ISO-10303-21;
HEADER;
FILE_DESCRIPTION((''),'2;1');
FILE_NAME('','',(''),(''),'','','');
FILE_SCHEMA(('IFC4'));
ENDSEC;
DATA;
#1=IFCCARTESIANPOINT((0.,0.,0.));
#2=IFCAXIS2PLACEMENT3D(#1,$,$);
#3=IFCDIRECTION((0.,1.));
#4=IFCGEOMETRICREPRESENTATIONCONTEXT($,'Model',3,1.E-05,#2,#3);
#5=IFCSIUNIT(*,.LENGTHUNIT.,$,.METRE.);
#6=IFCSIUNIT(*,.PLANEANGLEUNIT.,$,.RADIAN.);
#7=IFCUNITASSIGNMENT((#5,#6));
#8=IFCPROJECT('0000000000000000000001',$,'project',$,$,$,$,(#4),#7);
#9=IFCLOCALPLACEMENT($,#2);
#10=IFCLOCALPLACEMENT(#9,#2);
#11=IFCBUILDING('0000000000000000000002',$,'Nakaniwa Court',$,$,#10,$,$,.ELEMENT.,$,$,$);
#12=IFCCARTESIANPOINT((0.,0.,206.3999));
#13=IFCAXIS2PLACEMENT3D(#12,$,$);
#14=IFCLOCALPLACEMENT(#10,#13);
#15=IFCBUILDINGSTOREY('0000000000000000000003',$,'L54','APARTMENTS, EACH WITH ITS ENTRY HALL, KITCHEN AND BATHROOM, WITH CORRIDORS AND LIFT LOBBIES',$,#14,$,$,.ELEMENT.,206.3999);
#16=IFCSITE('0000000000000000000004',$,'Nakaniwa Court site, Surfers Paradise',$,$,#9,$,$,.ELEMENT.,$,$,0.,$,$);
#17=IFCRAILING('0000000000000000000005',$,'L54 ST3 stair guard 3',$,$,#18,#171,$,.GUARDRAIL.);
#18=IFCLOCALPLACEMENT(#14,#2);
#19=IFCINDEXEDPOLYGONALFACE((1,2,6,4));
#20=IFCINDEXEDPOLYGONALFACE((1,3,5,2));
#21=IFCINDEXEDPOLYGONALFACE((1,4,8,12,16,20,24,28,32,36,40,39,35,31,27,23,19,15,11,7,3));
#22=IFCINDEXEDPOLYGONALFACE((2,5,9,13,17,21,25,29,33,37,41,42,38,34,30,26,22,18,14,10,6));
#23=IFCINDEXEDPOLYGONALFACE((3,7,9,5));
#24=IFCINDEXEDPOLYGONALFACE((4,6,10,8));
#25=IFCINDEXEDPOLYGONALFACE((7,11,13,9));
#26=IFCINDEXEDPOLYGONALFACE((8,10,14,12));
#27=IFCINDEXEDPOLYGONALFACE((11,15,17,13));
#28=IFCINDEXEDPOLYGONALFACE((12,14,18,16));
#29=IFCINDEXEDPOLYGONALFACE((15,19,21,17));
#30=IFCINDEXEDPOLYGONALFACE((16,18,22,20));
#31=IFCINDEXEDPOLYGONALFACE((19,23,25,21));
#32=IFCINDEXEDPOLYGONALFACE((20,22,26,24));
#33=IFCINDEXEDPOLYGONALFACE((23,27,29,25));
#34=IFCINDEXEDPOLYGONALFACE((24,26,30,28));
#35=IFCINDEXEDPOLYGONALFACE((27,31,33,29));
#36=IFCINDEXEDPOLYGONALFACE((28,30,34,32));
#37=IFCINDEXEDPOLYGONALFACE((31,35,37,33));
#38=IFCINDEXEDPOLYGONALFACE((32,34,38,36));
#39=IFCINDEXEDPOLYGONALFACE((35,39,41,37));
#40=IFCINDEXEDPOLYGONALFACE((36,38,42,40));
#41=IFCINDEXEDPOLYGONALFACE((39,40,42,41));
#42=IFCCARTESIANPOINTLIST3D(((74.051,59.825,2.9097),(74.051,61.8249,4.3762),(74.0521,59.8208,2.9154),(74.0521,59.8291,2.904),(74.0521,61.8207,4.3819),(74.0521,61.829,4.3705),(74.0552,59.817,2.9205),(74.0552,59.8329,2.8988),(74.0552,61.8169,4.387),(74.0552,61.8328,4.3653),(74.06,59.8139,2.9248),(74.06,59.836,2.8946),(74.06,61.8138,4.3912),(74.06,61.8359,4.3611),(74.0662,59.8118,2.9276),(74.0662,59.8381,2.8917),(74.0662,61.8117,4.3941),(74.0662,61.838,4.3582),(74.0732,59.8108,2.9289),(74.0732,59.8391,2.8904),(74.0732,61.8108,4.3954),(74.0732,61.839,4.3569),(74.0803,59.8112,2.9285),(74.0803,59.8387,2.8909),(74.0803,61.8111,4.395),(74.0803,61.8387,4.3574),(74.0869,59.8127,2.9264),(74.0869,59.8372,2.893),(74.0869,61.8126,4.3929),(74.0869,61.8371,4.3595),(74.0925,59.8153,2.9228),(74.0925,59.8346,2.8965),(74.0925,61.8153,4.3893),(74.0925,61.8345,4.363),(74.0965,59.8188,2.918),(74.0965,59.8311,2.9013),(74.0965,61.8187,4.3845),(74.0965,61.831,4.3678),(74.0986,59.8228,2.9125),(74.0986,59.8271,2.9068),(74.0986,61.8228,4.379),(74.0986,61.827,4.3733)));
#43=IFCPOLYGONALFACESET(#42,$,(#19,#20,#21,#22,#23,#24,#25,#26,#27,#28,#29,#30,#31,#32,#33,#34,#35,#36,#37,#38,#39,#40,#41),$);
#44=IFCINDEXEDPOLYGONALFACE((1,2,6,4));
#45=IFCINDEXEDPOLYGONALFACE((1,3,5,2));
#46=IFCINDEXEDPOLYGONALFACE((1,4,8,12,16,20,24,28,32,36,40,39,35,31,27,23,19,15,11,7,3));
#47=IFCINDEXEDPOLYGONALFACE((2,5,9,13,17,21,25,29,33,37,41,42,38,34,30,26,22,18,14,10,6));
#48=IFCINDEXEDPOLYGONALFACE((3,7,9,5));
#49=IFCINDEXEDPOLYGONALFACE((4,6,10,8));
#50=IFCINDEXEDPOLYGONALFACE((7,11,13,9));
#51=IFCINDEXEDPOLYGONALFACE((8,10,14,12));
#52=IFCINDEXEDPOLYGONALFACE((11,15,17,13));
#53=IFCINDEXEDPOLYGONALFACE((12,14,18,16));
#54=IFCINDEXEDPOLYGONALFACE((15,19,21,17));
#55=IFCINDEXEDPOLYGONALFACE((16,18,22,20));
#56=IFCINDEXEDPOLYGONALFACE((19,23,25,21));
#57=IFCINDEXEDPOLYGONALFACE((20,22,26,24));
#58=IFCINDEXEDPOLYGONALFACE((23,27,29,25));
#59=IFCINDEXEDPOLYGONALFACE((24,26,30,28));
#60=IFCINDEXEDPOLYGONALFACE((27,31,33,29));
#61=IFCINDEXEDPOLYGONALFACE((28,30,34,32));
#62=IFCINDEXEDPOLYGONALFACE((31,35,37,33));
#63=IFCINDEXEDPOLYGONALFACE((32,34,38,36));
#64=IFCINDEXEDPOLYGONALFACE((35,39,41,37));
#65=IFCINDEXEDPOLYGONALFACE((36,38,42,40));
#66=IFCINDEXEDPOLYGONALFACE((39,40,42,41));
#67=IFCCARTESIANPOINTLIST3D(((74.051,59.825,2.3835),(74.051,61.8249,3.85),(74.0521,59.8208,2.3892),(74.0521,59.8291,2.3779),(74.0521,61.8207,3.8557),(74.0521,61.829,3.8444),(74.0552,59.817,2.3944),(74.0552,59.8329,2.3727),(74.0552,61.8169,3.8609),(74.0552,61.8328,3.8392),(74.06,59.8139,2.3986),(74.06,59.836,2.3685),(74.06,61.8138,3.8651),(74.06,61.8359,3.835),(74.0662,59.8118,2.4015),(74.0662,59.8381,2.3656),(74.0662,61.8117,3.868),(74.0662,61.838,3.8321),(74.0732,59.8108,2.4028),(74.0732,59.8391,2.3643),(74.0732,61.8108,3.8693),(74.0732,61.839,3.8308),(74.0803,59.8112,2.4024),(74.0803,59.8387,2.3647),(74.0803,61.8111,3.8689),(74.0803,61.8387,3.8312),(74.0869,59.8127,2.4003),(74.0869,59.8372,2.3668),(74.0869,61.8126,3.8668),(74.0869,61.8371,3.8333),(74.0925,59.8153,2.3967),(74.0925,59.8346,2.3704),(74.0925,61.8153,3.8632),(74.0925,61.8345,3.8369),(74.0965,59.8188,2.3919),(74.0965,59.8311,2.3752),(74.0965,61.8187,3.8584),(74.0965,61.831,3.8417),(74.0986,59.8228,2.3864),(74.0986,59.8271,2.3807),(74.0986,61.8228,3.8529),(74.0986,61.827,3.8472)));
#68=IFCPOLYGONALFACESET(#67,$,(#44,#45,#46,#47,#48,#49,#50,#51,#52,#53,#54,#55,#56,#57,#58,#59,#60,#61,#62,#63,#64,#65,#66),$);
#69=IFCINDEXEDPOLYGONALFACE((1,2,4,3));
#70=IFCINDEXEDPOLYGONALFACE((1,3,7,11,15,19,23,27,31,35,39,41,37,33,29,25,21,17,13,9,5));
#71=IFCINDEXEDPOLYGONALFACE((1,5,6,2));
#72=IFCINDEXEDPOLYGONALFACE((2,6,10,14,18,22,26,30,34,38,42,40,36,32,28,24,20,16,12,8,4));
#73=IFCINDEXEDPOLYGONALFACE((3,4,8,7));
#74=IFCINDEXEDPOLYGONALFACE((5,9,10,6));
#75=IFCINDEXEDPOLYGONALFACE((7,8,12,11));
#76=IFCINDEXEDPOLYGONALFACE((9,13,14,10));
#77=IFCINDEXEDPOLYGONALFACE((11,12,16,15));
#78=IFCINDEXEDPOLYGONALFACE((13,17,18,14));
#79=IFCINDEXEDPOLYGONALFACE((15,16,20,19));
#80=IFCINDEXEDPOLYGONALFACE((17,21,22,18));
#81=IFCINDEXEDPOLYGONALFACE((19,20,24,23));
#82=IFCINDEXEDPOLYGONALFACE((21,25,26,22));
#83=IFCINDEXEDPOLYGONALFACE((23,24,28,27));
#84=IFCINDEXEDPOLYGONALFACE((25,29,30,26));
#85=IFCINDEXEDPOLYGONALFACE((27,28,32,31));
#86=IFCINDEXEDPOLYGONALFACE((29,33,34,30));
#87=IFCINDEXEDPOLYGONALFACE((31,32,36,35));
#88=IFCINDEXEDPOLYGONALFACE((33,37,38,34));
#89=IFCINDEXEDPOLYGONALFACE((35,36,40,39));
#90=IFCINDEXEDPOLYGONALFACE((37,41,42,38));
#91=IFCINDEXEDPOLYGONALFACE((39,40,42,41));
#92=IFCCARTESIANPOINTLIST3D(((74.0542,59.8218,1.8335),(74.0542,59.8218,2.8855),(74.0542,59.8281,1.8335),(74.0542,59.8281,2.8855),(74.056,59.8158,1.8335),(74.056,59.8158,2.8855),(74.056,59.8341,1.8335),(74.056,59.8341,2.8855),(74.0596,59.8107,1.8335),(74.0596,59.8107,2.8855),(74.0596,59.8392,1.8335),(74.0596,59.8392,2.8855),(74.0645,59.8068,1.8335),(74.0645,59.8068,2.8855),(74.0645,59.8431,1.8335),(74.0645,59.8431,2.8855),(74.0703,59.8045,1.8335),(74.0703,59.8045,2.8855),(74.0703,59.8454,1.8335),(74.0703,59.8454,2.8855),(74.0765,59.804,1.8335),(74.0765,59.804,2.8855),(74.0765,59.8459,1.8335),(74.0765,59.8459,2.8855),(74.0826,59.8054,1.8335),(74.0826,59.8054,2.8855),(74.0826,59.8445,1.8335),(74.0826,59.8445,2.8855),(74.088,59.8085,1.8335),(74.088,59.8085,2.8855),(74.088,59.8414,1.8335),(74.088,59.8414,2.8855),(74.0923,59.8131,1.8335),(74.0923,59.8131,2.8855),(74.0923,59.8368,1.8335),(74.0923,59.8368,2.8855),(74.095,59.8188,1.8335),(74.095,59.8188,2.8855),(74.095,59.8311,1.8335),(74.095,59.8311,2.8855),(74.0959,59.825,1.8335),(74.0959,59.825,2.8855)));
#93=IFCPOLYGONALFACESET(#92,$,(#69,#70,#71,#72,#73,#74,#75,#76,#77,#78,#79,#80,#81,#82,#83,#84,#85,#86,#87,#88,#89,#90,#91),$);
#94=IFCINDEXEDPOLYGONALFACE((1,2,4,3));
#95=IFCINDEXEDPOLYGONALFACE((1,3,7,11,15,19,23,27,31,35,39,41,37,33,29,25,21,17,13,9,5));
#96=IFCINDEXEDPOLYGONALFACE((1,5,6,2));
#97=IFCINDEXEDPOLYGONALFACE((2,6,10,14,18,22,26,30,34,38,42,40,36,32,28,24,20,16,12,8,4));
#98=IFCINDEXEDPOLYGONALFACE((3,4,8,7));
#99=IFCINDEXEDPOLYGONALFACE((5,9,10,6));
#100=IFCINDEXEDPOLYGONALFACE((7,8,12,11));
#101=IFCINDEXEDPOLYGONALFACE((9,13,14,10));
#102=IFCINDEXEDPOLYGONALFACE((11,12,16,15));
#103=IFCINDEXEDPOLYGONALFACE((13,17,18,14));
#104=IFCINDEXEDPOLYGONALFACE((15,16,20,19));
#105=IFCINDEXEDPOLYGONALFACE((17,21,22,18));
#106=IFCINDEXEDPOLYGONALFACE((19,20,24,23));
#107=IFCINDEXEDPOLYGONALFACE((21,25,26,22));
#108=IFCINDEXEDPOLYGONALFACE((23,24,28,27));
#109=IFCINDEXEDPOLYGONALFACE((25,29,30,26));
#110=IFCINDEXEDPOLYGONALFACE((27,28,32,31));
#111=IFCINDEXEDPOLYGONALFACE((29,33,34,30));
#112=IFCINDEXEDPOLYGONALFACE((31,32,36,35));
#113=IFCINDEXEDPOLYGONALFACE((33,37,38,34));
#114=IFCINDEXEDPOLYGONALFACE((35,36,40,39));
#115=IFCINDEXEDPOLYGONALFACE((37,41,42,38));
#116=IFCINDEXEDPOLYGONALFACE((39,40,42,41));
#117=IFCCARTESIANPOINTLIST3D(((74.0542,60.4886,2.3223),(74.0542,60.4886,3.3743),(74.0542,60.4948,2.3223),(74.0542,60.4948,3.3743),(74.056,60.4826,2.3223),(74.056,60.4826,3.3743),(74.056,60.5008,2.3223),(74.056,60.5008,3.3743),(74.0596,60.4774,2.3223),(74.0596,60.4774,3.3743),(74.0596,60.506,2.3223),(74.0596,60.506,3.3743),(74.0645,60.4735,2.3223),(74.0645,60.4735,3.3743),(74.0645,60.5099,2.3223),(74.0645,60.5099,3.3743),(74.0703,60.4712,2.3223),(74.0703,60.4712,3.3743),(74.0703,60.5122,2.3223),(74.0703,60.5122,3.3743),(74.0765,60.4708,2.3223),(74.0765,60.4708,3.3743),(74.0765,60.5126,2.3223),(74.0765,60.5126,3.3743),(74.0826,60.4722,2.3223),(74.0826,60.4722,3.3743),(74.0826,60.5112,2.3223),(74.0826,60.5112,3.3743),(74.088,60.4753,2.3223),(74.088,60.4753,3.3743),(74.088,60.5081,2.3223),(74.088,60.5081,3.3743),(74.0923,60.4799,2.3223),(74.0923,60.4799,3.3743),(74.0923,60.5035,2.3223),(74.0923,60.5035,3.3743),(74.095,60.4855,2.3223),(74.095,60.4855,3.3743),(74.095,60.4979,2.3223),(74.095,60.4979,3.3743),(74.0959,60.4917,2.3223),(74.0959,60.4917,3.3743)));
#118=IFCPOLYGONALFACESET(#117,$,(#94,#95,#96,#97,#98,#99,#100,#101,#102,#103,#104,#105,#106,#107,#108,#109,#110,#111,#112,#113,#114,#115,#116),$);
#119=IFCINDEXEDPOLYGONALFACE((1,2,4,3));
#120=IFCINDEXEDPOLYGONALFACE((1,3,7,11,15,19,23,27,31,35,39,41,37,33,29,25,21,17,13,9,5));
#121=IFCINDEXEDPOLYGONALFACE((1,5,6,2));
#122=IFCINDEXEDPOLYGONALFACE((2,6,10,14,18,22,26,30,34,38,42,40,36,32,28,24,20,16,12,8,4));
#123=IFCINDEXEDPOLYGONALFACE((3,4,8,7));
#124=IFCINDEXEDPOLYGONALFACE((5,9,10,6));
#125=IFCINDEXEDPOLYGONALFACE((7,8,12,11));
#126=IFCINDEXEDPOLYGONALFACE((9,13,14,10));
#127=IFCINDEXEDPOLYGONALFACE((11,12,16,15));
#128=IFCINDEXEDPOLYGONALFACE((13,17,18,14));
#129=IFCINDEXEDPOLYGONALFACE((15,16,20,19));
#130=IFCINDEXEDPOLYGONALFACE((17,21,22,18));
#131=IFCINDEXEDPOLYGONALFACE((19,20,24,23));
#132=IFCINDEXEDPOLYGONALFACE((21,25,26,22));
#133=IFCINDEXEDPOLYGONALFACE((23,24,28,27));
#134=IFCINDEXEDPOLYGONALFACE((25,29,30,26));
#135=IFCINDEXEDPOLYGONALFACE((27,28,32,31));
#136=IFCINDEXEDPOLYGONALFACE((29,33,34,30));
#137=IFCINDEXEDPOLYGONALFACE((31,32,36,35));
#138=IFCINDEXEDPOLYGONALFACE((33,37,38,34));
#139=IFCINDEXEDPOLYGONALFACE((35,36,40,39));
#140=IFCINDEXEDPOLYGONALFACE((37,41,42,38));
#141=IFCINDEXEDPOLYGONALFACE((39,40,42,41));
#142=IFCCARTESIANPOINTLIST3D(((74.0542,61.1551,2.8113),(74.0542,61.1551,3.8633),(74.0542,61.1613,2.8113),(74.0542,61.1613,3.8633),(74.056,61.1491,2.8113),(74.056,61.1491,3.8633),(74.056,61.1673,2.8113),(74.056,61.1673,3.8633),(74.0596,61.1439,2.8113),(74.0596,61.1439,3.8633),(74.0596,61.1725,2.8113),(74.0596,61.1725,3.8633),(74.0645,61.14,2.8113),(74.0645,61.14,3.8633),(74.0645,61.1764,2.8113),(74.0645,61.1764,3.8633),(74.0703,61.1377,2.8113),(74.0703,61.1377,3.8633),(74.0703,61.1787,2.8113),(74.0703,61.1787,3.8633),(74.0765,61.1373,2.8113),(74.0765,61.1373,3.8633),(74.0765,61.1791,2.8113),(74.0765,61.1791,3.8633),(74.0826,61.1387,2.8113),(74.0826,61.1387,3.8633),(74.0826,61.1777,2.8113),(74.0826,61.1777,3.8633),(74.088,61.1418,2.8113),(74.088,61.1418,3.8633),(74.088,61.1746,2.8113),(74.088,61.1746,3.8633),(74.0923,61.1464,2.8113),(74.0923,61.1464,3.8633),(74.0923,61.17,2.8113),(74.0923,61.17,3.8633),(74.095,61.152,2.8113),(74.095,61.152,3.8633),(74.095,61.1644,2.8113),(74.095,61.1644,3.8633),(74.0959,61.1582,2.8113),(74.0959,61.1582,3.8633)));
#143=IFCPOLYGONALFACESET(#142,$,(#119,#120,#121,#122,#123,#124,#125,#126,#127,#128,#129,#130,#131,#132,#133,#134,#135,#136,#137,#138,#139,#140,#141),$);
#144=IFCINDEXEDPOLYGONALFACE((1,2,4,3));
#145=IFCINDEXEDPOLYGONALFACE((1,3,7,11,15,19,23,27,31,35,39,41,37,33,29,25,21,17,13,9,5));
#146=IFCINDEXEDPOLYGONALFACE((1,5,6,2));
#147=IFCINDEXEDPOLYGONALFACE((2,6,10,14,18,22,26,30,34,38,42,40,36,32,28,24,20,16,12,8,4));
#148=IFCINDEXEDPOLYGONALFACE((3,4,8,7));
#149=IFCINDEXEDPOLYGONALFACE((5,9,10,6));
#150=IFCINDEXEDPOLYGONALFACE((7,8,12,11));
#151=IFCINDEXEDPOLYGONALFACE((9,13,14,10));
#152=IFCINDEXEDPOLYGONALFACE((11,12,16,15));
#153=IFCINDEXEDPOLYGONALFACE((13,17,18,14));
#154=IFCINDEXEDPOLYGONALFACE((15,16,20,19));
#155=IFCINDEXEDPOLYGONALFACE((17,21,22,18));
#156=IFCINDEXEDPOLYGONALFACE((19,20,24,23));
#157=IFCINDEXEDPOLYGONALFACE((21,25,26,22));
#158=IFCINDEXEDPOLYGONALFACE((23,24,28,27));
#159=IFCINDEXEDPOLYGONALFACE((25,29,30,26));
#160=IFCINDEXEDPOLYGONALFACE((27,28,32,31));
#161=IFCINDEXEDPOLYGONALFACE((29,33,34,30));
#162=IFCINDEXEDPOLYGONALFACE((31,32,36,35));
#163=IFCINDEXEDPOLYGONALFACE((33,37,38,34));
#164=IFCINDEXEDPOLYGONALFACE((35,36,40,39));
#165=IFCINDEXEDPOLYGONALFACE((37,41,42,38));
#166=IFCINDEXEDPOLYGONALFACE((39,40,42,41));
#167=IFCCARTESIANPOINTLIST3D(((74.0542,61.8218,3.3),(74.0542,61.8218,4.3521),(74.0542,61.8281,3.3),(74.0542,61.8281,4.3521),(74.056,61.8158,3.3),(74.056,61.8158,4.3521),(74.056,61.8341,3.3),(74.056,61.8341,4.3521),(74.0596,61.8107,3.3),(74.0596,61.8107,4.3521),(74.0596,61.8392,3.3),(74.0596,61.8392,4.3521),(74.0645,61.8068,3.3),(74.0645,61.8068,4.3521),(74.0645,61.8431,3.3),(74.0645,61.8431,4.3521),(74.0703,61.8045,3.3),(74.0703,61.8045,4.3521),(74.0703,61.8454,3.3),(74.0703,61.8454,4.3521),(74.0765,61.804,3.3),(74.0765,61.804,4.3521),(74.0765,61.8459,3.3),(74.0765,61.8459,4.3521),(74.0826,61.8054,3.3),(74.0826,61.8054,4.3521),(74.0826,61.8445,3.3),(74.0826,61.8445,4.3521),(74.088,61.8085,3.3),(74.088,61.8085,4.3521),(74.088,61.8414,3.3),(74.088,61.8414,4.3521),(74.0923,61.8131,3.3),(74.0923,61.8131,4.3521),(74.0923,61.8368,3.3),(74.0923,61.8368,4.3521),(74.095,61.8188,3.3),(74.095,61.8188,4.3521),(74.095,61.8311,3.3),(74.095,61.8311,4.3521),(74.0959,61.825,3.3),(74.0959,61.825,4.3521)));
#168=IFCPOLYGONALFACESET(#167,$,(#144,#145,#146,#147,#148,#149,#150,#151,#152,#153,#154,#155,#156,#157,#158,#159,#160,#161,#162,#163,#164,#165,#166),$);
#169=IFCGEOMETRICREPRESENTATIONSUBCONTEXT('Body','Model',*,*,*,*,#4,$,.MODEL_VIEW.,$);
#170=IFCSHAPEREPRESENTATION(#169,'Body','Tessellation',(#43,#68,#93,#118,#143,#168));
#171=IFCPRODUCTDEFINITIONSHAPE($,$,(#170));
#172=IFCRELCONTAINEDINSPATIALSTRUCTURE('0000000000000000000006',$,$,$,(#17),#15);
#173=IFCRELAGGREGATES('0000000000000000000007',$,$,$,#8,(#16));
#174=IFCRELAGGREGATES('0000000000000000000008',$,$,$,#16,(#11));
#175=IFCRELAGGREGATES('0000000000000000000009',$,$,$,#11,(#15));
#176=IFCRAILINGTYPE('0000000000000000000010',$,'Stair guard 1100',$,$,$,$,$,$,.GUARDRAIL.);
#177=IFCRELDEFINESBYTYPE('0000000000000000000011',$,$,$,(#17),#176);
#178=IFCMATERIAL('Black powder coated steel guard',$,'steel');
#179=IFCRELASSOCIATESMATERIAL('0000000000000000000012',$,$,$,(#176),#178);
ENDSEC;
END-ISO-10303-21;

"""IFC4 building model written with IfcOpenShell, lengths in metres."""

from ifc_helpers import new_model, si_unit, direction, frame, origin, origin_2d, place, context, subcontext, project, spatial, circle, extrude, material, type_object, element, save


model = new_model("IFC4")

# Units and contexts
model_context = context("Model", 3, precision=1e-05, world=origin(), true_north=direction((0.0, 1.0)))
body_context = subcontext(model_context, "Body", "Model", "MODEL_VIEW")
ifc_project = project(units=[si_unit("LENGTHUNIT", "METRE"), si_unit("PLANEANGLEUNIT", "RADIAN")], contexts=[model_context])

# Site, building, storey
site_placement = place(None, origin())
site = spatial("IfcSite", under=ifc_project, at=site_placement, Name="Nakaniwa Court site, Surfers Paradise", CompositionType="ELEMENT", RefElevation=0.0)
building_placement = place(site_placement, origin())
building = spatial("IfcBuilding", under=site, at=building_placement, Name="Nakaniwa Court", CompositionType="ELEMENT")
storey_placement = place(building_placement, frame((0.0, 0.0, 206.3999)))
storey = spatial("IfcBuildingStorey", under=building, at=storey_placement, Name="L54", Description="APARTMENTS, EACH WITH ITS ENTRY HALL, KITCHEN AND BATHROOM, WITH CORRIDORS AND LIFT LOBBIES", CompositionType="ELEMENT", Elevation=206.3999)

# Railing
ifc_material_1 = material(Name="Black powder coated steel guard", Category="steel")
railing_type_1 = type_object("IfcRailingType", Name="Stair guard 1100", PredefinedType="GUARDRAIL", material=ifc_material_1)
railing_1_placement = place(storey_placement, frame((74.075, 59.825, 1.8335)))
element("IfcRailing", 1, at=railing_1_placement, inside=storey, type_object=railing_type_1, Name="L54 ST3 stair guard 3", PredefinedType="GUARDRAIL", context=body_context, shape_type="SweptSolid", body=[
    extrude(circle(Radius=0.0239, at=origin_2d()), frame((0.0, 0.0, 1.0762), z_axis=(0.0, 0.806427, 0.591334), x_axis=(-1.0, 0.0, 0.0)), (0.0, 0.0, 1.0), 2.48),
    extrude(circle(Radius=0.0239, at=origin_2d()), frame((0.0, 0.0, 0.55), z_axis=(0.0, 0.806427, 0.591334), x_axis=(-1.0, 0.0, 0.0)), (0.0, 0.0, 1.0), 2.48),
    extrude(circle(Radius=0.021, at=origin_2d()), origin(), (0.0, 0.0, 1.0), 1.052),
    extrude(circle(Radius=0.021, at=origin_2d()), frame((0.0, 0.6667, 0.4888)), (0.0, 0.0, 1.0), 1.052),
    extrude(circle(Radius=0.021, at=origin_2d()), frame((0.0, 1.3333, 0.9778)), (0.0, 0.0, 1.0), 1.052),
    extrude(circle(Radius=0.021, at=origin_2d()), frame((0.0, 2.0, 1.4666)), (0.0, 0.0, 1.0), 1.052),
])

save(model, "model.ifc")
